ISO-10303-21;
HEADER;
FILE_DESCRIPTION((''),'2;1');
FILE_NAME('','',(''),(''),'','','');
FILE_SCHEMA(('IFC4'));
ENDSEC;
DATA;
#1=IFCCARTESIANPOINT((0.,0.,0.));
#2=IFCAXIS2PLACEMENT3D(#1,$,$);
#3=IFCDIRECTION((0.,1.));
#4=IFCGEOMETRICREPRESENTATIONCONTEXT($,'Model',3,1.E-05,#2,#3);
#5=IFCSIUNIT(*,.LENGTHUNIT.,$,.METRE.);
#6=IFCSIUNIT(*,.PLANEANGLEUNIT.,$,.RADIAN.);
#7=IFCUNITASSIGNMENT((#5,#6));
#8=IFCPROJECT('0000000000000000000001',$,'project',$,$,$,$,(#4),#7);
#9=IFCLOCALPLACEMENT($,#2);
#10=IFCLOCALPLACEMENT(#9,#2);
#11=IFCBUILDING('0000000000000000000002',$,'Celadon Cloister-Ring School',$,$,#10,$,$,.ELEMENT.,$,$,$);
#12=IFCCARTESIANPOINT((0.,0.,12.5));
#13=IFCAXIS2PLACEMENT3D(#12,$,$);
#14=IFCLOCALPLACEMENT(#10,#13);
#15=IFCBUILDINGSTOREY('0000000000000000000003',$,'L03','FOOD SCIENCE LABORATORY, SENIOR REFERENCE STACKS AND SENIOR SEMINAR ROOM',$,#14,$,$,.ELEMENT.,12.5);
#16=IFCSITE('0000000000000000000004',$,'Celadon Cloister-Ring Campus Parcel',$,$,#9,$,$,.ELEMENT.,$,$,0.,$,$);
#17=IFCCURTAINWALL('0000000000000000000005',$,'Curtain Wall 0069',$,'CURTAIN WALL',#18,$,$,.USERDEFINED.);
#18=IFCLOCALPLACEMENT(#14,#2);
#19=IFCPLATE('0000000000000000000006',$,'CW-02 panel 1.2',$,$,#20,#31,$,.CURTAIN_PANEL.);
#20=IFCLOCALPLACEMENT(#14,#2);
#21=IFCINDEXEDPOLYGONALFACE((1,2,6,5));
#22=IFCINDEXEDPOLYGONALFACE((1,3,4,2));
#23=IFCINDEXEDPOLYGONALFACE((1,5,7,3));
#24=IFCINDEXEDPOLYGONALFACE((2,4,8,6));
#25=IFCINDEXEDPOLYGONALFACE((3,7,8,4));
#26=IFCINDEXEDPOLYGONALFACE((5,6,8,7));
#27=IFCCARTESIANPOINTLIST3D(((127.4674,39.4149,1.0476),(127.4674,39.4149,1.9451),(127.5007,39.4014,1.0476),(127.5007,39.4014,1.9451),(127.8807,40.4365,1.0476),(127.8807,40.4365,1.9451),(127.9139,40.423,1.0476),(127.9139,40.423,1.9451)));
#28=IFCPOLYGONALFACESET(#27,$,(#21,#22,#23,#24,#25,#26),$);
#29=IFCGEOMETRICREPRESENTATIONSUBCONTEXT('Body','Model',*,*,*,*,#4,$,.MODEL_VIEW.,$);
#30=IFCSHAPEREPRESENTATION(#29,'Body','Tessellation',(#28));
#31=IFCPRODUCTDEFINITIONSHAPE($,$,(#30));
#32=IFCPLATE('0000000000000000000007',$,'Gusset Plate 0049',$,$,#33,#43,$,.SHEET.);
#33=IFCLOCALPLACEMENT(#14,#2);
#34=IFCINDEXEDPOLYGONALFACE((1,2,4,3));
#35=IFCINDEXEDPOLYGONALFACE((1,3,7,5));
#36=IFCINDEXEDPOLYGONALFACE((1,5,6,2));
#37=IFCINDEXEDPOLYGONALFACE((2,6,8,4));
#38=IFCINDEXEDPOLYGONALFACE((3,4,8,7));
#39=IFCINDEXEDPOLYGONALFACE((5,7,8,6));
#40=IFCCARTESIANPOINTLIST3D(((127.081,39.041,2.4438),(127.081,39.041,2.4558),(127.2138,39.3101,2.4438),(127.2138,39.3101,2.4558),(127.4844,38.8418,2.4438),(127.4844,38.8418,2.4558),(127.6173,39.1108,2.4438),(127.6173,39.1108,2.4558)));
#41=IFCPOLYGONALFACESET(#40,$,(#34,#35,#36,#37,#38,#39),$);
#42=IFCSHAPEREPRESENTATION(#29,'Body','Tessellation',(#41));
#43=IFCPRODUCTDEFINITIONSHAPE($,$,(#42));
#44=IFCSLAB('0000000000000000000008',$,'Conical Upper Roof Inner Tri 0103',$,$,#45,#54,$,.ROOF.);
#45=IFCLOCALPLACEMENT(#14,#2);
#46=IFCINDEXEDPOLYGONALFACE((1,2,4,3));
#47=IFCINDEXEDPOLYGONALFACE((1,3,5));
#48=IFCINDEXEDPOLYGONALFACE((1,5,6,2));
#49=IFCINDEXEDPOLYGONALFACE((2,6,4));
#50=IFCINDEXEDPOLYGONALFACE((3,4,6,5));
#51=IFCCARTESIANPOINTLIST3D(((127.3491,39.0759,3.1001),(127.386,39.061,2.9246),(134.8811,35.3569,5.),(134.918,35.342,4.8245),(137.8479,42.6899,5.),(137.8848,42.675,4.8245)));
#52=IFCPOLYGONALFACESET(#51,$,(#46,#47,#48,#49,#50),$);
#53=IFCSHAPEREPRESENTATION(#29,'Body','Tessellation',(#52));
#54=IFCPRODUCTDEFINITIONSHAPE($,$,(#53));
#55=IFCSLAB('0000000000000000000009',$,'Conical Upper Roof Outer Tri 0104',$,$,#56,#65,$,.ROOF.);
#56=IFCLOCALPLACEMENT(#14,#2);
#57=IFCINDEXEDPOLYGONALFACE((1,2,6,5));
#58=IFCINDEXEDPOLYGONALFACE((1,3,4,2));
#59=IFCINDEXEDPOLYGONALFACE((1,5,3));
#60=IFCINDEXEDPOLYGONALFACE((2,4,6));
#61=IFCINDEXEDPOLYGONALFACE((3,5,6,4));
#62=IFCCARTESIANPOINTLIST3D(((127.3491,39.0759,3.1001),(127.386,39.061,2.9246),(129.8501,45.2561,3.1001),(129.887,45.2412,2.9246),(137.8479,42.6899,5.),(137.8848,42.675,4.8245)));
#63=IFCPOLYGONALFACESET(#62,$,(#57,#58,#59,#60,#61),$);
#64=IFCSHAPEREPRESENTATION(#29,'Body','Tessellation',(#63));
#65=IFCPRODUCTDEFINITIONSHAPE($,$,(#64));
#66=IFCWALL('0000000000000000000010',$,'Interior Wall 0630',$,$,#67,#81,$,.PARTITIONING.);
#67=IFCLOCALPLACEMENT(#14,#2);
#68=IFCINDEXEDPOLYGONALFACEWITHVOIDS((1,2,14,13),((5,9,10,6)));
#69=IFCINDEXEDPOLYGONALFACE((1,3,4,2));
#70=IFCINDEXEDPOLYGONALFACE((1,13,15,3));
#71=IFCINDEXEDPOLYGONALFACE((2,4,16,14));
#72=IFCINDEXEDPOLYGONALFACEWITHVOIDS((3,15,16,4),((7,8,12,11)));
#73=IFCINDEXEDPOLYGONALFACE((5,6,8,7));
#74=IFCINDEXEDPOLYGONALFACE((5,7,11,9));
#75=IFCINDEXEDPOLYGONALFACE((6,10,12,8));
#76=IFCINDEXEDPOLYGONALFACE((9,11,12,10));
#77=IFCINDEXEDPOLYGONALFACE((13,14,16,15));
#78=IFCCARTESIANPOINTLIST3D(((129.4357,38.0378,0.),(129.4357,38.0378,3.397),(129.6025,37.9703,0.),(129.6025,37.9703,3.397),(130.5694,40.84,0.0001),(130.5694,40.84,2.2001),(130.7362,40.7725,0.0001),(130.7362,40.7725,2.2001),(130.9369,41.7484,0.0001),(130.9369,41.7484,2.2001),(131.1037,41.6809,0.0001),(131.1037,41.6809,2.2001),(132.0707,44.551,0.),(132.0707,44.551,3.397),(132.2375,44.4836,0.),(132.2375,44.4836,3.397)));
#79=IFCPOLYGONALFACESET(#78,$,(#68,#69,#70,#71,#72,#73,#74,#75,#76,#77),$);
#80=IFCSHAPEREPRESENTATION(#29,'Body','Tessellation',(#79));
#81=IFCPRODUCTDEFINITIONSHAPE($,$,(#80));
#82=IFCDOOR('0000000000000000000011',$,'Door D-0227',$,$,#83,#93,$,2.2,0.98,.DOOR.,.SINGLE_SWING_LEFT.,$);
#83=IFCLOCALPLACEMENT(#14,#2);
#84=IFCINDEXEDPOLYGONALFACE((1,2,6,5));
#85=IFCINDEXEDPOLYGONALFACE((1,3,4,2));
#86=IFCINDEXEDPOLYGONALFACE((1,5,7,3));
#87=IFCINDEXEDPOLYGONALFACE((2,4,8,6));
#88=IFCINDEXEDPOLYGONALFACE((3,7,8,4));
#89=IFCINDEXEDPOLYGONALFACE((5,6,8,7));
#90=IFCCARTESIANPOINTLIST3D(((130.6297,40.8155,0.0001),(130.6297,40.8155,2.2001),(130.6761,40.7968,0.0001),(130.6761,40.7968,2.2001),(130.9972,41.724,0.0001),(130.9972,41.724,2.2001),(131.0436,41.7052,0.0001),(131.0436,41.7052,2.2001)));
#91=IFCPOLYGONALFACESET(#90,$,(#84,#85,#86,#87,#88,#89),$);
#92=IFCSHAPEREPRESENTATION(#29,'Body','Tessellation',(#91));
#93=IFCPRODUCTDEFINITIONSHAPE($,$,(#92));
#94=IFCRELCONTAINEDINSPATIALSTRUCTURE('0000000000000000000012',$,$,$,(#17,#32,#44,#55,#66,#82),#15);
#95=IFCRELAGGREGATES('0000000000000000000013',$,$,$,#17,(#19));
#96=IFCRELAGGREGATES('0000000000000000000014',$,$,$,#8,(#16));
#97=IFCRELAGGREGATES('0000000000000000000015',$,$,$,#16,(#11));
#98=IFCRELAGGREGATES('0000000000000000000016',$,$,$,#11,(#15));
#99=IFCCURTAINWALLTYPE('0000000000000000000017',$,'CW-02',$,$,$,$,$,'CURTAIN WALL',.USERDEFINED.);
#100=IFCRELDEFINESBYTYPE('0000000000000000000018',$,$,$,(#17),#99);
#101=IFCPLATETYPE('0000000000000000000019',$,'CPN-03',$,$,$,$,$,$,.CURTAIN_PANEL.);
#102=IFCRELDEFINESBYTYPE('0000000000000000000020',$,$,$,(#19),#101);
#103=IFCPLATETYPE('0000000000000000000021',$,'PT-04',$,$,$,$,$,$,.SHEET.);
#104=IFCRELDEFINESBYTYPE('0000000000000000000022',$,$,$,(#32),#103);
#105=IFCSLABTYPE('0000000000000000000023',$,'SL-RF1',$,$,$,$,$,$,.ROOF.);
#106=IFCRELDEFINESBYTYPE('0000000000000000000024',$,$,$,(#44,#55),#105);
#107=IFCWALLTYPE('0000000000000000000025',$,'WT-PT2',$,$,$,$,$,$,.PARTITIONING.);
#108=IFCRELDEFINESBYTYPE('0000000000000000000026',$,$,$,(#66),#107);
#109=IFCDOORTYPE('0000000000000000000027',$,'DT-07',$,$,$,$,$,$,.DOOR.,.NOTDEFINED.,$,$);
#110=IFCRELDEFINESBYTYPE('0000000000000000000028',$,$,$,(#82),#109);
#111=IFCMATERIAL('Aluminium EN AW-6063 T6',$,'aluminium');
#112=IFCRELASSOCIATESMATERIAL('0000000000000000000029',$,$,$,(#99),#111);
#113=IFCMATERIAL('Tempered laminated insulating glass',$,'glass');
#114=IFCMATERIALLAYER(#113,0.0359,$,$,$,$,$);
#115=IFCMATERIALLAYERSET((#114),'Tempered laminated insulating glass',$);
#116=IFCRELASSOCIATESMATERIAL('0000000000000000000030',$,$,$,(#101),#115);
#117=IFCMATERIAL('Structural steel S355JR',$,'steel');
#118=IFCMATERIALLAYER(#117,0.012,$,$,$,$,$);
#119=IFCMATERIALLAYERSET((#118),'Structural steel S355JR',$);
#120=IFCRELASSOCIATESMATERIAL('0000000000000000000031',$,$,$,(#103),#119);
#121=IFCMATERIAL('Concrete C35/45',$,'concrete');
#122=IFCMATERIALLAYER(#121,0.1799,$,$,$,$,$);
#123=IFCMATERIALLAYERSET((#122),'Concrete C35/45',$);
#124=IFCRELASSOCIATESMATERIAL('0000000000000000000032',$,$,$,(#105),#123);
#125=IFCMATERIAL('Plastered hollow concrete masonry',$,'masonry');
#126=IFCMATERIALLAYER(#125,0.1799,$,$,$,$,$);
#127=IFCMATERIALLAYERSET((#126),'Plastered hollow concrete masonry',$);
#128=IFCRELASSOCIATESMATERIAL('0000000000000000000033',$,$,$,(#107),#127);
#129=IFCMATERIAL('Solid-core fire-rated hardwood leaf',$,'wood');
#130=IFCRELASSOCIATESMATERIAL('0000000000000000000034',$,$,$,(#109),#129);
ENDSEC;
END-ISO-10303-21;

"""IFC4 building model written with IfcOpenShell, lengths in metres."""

from ifc_helpers import new_model, si_unit, direction, frame, frame_2d, origin, origin_2d, place, context, subcontext, project, spatial, polyline, rectangle, outline, extrude, material, layer, layer_set, type_object, element, fill, aggregate, save


model = new_model("IFC4")

# Units and contexts
model_context = context("Model", 3, precision=1e-05, world=origin(), true_north=direction((0.0, 1.0)))
body_context = subcontext(model_context, "Body", "Model", "MODEL_VIEW")
ifc_project = project(units=[si_unit("LENGTHUNIT", "METRE"), si_unit("PLANEANGLEUNIT", "RADIAN")], contexts=[model_context])

# Site, building, storey
site_placement = place(None, origin())
site = spatial("IfcSite", under=ifc_project, at=site_placement, Name="Celadon Cloister-Ring Campus Parcel", CompositionType="ELEMENT", RefElevation=0.0)
building_placement = place(site_placement, origin())
building = spatial("IfcBuilding", under=site, at=building_placement, Name="Celadon Cloister-Ring School", CompositionType="ELEMENT")
storey_placement = place(building_placement, frame((0.0, 0.0, 12.5)))
storey = spatial("IfcBuildingStorey", under=building, at=storey_placement, Name="L03", Description="FOOD SCIENCE LABORATORY, SENIOR REFERENCE STACKS AND SENIOR SEMINAR ROOM", CompositionType="ELEMENT", Elevation=12.5)

# Shared definitions
ifc_material_1 = material(Name="Aluminium EN AW-6063 T6", Category="aluminium")
curtain_wall_type = type_object("IfcCurtainWallType", Name="CW-02", ElementType="CURTAIN WALL", PredefinedType="USERDEFINED", material=ifc_material_1)

# Curtain wall
curtain_wall_1_placement = place(storey_placement, origin())
curtain_wall_1 = element("IfcCurtainWall", 1, at=curtain_wall_1_placement, inside=storey, type_object=curtain_wall_type, Name="Curtain Wall 0069", ObjectType="CURTAIN WALL", PredefinedType="USERDEFINED")

# Plates
ifc_material_2 = material(Name="Tempered laminated insulating glass", Category="glass")
ifc_layer_1 = layer(ifc_material_2, 0.0359)
ifc_layer_set_1 = layer_set([ifc_layer_1], Name="Tempered laminated insulating glass")
plate_type_1 = type_object("IfcPlateType", Name="CPN-03", PredefinedType="CURTAIN_PANEL", material=ifc_layer_set_1)
plate_1_placement = place(storey_placement, frame((127.6907, 39.9189, 1.0476), z_axis=(0.0, 0.0, 1.0), x_axis=(0.374972, 0.927036, 0.0)))
plate_1 = element("IfcPlate", 2, at=plate_1_placement, type_object=plate_type_1, Name="CW-02 panel 1.2", PredefinedType="CURTAIN_PANEL", context=body_context, shape_type="SweptSolid", body=[
    extrude(rectangle(XDim=1.1021, YDim=0.0359, at=origin_2d()), origin(), (0.0, 0.0, 1.0), 0.8975),
])
aggregate(curtain_wall_1, [plate_1])
ifc_material_3 = material(Name="Structural steel S355JR", Category="steel")
ifc_layer_2 = layer(ifc_material_3, 0.012)
ifc_layer_set_2 = layer_set([ifc_layer_2], Name="Structural steel S355JR")
plate_type_2 = type_object("IfcPlateType", Name="PT-04", PredefinedType="SHEET", material=ifc_layer_set_2)
plate_2_placement = place(storey_placement, frame((127.3491, 39.0759, 2.4438), z_axis=(0.0, 0.0, 1.0), x_axis=(0.896641, -0.442758, 0.0)))
element("IfcPlate", 3, at=plate_2_placement, inside=storey, type_object=plate_type_2, Name="Gusset Plate 0049", PredefinedType="SHEET", context=body_context, shape_type="SweptSolid", body=[
    extrude(rectangle(XDim=0.45, YDim=0.3, at=origin_2d()), origin(), (0.0, 0.0, 1.0), 0.012),
])

# Slabs
ifc_material_4 = material(Name="Concrete C35/45", Category="concrete")
ifc_layer_3 = layer(ifc_material_4, 0.1799)
ifc_layer_set_3 = layer_set([ifc_layer_3], Name="Concrete C35/45")
slab_type = type_object("IfcSlabType", Name="SL-RF1", PredefinedType="ROOF", material=ifc_layer_set_3)
slab_1_placement = place(storey_placement, frame((127.3491, 39.0759, 3.1001), z_axis=(-0.205038, 0.082954, 0.975232), x_axis=(0.874563, -0.431825, 0.220604)))
element("IfcSlab", 4, at=slab_1_placement, inside=storey, type_object=slab_type, Name="Conical Upper Roof Inner Tri 0103", PredefinedType="ROOF", context=body_context, shape_type="SweptSolid", body=[
    extrude(outline(polyline([(0.0, 0.0), (8.6123, 0.0), (8.0404, 7.8897), (0.0, 0.0)])), origin(), (0.0, 0.0, -1.0), 0.1799),
])
slab_2_placement = place(storey_placement, frame((127.3491, 39.0759, 3.1001), z_axis=(-0.205045, 0.082977, 0.975229), x_axis=(0.932001, 0.320824, 0.168659)))
element("IfcSlab", 5, at=slab_2_placement, inside=storey, type_object=slab_type, Name="Conical Upper Roof Outer Tri 0104", PredefinedType="ROOF", context=body_context, shape_type="SweptSolid", body=[
    extrude(outline(polyline([(0.0, 0.0), (11.2648, 0.0), (4.3137, 5.0835), (0.0, 0.0)])), origin(), (0.0, 0.0, -1.0), 0.1799),
])

# Wall, opening, door
ifc_material_5 = material(Name="Plastered hollow concrete masonry", Category="masonry")
ifc_layer_4 = layer(ifc_material_5, 0.1799)
ifc_layer_set_4 = layer_set([ifc_layer_4], Name="Plastered hollow concrete masonry")
wall_type = type_object("IfcWallType", Name="WT-PT2", PredefinedType="PARTITIONING", material=ifc_layer_set_4)
wall_placement = place(storey_placement, frame((129.519, 38.0039, 0.0), z_axis=(0.0, 0.0, 1.0), x_axis=(0.375036, 0.92701, 0.0)))
wall = element("IfcWall", 6, at=wall_placement, inside=storey, type_object=wall_type, Name="Interior Wall 0630", PredefinedType="PARTITIONING", context=body_context, shape_type="SweptSolid", body=[
    extrude(rectangle(XDim=7.0261, YDim=0.1799, at=frame_2d((3.5132, 0.0))), origin(), (0.0, 0.0, 1.0), 3.397),
])
opening_placement = place(wall_placement, frame((3.0229, 0.0, 0.0)))
opening = element("IfcOpeningElement", 7, at=opening_placement, cuts=wall, PredefinedType="OPENING", context=body_context, shape_type="SweptSolid", body=[
    extrude(rectangle(XDim=0.98, YDim=2.2, at=frame_2d((0.49, 1.1001))), frame((0.0, 0.1001, 0.0), z_axis=(0.0, -1.0, 0.0), x_axis=(1.0, 0.0, 0.0)), (0.0, 0.0, 1.0), 0.2),
])
ifc_material_6 = material(Name="Solid-core fire-rated hardwood leaf", Category="wood")
door_type = type_object("IfcDoorType", Name="DT-07", OperationType="NOTDEFINED", PredefinedType="DOOR", material=ifc_material_6)
door_placement = place(opening_placement, origin())
door = element("IfcDoor", 8, at=door_placement, inside=storey, type_object=door_type, Name="Door D-0227", OperationType="SINGLE_SWING_LEFT", OverallHeight=2.2, OverallWidth=0.98, PredefinedType="DOOR", context=body_context, shape_type="SweptSolid", body=[
    extrude(rectangle(XDim=0.98, YDim=2.2, at=frame_2d((0.49, 1.1001))), frame((0.0, 0.0249, 0.0), z_axis=(0.0, -1.0, 0.0), x_axis=(1.0, 0.0, 0.0)), (0.0, 0.0, 1.0), 0.05),
])
fill(opening, door)

save(model, "model.ifc")
